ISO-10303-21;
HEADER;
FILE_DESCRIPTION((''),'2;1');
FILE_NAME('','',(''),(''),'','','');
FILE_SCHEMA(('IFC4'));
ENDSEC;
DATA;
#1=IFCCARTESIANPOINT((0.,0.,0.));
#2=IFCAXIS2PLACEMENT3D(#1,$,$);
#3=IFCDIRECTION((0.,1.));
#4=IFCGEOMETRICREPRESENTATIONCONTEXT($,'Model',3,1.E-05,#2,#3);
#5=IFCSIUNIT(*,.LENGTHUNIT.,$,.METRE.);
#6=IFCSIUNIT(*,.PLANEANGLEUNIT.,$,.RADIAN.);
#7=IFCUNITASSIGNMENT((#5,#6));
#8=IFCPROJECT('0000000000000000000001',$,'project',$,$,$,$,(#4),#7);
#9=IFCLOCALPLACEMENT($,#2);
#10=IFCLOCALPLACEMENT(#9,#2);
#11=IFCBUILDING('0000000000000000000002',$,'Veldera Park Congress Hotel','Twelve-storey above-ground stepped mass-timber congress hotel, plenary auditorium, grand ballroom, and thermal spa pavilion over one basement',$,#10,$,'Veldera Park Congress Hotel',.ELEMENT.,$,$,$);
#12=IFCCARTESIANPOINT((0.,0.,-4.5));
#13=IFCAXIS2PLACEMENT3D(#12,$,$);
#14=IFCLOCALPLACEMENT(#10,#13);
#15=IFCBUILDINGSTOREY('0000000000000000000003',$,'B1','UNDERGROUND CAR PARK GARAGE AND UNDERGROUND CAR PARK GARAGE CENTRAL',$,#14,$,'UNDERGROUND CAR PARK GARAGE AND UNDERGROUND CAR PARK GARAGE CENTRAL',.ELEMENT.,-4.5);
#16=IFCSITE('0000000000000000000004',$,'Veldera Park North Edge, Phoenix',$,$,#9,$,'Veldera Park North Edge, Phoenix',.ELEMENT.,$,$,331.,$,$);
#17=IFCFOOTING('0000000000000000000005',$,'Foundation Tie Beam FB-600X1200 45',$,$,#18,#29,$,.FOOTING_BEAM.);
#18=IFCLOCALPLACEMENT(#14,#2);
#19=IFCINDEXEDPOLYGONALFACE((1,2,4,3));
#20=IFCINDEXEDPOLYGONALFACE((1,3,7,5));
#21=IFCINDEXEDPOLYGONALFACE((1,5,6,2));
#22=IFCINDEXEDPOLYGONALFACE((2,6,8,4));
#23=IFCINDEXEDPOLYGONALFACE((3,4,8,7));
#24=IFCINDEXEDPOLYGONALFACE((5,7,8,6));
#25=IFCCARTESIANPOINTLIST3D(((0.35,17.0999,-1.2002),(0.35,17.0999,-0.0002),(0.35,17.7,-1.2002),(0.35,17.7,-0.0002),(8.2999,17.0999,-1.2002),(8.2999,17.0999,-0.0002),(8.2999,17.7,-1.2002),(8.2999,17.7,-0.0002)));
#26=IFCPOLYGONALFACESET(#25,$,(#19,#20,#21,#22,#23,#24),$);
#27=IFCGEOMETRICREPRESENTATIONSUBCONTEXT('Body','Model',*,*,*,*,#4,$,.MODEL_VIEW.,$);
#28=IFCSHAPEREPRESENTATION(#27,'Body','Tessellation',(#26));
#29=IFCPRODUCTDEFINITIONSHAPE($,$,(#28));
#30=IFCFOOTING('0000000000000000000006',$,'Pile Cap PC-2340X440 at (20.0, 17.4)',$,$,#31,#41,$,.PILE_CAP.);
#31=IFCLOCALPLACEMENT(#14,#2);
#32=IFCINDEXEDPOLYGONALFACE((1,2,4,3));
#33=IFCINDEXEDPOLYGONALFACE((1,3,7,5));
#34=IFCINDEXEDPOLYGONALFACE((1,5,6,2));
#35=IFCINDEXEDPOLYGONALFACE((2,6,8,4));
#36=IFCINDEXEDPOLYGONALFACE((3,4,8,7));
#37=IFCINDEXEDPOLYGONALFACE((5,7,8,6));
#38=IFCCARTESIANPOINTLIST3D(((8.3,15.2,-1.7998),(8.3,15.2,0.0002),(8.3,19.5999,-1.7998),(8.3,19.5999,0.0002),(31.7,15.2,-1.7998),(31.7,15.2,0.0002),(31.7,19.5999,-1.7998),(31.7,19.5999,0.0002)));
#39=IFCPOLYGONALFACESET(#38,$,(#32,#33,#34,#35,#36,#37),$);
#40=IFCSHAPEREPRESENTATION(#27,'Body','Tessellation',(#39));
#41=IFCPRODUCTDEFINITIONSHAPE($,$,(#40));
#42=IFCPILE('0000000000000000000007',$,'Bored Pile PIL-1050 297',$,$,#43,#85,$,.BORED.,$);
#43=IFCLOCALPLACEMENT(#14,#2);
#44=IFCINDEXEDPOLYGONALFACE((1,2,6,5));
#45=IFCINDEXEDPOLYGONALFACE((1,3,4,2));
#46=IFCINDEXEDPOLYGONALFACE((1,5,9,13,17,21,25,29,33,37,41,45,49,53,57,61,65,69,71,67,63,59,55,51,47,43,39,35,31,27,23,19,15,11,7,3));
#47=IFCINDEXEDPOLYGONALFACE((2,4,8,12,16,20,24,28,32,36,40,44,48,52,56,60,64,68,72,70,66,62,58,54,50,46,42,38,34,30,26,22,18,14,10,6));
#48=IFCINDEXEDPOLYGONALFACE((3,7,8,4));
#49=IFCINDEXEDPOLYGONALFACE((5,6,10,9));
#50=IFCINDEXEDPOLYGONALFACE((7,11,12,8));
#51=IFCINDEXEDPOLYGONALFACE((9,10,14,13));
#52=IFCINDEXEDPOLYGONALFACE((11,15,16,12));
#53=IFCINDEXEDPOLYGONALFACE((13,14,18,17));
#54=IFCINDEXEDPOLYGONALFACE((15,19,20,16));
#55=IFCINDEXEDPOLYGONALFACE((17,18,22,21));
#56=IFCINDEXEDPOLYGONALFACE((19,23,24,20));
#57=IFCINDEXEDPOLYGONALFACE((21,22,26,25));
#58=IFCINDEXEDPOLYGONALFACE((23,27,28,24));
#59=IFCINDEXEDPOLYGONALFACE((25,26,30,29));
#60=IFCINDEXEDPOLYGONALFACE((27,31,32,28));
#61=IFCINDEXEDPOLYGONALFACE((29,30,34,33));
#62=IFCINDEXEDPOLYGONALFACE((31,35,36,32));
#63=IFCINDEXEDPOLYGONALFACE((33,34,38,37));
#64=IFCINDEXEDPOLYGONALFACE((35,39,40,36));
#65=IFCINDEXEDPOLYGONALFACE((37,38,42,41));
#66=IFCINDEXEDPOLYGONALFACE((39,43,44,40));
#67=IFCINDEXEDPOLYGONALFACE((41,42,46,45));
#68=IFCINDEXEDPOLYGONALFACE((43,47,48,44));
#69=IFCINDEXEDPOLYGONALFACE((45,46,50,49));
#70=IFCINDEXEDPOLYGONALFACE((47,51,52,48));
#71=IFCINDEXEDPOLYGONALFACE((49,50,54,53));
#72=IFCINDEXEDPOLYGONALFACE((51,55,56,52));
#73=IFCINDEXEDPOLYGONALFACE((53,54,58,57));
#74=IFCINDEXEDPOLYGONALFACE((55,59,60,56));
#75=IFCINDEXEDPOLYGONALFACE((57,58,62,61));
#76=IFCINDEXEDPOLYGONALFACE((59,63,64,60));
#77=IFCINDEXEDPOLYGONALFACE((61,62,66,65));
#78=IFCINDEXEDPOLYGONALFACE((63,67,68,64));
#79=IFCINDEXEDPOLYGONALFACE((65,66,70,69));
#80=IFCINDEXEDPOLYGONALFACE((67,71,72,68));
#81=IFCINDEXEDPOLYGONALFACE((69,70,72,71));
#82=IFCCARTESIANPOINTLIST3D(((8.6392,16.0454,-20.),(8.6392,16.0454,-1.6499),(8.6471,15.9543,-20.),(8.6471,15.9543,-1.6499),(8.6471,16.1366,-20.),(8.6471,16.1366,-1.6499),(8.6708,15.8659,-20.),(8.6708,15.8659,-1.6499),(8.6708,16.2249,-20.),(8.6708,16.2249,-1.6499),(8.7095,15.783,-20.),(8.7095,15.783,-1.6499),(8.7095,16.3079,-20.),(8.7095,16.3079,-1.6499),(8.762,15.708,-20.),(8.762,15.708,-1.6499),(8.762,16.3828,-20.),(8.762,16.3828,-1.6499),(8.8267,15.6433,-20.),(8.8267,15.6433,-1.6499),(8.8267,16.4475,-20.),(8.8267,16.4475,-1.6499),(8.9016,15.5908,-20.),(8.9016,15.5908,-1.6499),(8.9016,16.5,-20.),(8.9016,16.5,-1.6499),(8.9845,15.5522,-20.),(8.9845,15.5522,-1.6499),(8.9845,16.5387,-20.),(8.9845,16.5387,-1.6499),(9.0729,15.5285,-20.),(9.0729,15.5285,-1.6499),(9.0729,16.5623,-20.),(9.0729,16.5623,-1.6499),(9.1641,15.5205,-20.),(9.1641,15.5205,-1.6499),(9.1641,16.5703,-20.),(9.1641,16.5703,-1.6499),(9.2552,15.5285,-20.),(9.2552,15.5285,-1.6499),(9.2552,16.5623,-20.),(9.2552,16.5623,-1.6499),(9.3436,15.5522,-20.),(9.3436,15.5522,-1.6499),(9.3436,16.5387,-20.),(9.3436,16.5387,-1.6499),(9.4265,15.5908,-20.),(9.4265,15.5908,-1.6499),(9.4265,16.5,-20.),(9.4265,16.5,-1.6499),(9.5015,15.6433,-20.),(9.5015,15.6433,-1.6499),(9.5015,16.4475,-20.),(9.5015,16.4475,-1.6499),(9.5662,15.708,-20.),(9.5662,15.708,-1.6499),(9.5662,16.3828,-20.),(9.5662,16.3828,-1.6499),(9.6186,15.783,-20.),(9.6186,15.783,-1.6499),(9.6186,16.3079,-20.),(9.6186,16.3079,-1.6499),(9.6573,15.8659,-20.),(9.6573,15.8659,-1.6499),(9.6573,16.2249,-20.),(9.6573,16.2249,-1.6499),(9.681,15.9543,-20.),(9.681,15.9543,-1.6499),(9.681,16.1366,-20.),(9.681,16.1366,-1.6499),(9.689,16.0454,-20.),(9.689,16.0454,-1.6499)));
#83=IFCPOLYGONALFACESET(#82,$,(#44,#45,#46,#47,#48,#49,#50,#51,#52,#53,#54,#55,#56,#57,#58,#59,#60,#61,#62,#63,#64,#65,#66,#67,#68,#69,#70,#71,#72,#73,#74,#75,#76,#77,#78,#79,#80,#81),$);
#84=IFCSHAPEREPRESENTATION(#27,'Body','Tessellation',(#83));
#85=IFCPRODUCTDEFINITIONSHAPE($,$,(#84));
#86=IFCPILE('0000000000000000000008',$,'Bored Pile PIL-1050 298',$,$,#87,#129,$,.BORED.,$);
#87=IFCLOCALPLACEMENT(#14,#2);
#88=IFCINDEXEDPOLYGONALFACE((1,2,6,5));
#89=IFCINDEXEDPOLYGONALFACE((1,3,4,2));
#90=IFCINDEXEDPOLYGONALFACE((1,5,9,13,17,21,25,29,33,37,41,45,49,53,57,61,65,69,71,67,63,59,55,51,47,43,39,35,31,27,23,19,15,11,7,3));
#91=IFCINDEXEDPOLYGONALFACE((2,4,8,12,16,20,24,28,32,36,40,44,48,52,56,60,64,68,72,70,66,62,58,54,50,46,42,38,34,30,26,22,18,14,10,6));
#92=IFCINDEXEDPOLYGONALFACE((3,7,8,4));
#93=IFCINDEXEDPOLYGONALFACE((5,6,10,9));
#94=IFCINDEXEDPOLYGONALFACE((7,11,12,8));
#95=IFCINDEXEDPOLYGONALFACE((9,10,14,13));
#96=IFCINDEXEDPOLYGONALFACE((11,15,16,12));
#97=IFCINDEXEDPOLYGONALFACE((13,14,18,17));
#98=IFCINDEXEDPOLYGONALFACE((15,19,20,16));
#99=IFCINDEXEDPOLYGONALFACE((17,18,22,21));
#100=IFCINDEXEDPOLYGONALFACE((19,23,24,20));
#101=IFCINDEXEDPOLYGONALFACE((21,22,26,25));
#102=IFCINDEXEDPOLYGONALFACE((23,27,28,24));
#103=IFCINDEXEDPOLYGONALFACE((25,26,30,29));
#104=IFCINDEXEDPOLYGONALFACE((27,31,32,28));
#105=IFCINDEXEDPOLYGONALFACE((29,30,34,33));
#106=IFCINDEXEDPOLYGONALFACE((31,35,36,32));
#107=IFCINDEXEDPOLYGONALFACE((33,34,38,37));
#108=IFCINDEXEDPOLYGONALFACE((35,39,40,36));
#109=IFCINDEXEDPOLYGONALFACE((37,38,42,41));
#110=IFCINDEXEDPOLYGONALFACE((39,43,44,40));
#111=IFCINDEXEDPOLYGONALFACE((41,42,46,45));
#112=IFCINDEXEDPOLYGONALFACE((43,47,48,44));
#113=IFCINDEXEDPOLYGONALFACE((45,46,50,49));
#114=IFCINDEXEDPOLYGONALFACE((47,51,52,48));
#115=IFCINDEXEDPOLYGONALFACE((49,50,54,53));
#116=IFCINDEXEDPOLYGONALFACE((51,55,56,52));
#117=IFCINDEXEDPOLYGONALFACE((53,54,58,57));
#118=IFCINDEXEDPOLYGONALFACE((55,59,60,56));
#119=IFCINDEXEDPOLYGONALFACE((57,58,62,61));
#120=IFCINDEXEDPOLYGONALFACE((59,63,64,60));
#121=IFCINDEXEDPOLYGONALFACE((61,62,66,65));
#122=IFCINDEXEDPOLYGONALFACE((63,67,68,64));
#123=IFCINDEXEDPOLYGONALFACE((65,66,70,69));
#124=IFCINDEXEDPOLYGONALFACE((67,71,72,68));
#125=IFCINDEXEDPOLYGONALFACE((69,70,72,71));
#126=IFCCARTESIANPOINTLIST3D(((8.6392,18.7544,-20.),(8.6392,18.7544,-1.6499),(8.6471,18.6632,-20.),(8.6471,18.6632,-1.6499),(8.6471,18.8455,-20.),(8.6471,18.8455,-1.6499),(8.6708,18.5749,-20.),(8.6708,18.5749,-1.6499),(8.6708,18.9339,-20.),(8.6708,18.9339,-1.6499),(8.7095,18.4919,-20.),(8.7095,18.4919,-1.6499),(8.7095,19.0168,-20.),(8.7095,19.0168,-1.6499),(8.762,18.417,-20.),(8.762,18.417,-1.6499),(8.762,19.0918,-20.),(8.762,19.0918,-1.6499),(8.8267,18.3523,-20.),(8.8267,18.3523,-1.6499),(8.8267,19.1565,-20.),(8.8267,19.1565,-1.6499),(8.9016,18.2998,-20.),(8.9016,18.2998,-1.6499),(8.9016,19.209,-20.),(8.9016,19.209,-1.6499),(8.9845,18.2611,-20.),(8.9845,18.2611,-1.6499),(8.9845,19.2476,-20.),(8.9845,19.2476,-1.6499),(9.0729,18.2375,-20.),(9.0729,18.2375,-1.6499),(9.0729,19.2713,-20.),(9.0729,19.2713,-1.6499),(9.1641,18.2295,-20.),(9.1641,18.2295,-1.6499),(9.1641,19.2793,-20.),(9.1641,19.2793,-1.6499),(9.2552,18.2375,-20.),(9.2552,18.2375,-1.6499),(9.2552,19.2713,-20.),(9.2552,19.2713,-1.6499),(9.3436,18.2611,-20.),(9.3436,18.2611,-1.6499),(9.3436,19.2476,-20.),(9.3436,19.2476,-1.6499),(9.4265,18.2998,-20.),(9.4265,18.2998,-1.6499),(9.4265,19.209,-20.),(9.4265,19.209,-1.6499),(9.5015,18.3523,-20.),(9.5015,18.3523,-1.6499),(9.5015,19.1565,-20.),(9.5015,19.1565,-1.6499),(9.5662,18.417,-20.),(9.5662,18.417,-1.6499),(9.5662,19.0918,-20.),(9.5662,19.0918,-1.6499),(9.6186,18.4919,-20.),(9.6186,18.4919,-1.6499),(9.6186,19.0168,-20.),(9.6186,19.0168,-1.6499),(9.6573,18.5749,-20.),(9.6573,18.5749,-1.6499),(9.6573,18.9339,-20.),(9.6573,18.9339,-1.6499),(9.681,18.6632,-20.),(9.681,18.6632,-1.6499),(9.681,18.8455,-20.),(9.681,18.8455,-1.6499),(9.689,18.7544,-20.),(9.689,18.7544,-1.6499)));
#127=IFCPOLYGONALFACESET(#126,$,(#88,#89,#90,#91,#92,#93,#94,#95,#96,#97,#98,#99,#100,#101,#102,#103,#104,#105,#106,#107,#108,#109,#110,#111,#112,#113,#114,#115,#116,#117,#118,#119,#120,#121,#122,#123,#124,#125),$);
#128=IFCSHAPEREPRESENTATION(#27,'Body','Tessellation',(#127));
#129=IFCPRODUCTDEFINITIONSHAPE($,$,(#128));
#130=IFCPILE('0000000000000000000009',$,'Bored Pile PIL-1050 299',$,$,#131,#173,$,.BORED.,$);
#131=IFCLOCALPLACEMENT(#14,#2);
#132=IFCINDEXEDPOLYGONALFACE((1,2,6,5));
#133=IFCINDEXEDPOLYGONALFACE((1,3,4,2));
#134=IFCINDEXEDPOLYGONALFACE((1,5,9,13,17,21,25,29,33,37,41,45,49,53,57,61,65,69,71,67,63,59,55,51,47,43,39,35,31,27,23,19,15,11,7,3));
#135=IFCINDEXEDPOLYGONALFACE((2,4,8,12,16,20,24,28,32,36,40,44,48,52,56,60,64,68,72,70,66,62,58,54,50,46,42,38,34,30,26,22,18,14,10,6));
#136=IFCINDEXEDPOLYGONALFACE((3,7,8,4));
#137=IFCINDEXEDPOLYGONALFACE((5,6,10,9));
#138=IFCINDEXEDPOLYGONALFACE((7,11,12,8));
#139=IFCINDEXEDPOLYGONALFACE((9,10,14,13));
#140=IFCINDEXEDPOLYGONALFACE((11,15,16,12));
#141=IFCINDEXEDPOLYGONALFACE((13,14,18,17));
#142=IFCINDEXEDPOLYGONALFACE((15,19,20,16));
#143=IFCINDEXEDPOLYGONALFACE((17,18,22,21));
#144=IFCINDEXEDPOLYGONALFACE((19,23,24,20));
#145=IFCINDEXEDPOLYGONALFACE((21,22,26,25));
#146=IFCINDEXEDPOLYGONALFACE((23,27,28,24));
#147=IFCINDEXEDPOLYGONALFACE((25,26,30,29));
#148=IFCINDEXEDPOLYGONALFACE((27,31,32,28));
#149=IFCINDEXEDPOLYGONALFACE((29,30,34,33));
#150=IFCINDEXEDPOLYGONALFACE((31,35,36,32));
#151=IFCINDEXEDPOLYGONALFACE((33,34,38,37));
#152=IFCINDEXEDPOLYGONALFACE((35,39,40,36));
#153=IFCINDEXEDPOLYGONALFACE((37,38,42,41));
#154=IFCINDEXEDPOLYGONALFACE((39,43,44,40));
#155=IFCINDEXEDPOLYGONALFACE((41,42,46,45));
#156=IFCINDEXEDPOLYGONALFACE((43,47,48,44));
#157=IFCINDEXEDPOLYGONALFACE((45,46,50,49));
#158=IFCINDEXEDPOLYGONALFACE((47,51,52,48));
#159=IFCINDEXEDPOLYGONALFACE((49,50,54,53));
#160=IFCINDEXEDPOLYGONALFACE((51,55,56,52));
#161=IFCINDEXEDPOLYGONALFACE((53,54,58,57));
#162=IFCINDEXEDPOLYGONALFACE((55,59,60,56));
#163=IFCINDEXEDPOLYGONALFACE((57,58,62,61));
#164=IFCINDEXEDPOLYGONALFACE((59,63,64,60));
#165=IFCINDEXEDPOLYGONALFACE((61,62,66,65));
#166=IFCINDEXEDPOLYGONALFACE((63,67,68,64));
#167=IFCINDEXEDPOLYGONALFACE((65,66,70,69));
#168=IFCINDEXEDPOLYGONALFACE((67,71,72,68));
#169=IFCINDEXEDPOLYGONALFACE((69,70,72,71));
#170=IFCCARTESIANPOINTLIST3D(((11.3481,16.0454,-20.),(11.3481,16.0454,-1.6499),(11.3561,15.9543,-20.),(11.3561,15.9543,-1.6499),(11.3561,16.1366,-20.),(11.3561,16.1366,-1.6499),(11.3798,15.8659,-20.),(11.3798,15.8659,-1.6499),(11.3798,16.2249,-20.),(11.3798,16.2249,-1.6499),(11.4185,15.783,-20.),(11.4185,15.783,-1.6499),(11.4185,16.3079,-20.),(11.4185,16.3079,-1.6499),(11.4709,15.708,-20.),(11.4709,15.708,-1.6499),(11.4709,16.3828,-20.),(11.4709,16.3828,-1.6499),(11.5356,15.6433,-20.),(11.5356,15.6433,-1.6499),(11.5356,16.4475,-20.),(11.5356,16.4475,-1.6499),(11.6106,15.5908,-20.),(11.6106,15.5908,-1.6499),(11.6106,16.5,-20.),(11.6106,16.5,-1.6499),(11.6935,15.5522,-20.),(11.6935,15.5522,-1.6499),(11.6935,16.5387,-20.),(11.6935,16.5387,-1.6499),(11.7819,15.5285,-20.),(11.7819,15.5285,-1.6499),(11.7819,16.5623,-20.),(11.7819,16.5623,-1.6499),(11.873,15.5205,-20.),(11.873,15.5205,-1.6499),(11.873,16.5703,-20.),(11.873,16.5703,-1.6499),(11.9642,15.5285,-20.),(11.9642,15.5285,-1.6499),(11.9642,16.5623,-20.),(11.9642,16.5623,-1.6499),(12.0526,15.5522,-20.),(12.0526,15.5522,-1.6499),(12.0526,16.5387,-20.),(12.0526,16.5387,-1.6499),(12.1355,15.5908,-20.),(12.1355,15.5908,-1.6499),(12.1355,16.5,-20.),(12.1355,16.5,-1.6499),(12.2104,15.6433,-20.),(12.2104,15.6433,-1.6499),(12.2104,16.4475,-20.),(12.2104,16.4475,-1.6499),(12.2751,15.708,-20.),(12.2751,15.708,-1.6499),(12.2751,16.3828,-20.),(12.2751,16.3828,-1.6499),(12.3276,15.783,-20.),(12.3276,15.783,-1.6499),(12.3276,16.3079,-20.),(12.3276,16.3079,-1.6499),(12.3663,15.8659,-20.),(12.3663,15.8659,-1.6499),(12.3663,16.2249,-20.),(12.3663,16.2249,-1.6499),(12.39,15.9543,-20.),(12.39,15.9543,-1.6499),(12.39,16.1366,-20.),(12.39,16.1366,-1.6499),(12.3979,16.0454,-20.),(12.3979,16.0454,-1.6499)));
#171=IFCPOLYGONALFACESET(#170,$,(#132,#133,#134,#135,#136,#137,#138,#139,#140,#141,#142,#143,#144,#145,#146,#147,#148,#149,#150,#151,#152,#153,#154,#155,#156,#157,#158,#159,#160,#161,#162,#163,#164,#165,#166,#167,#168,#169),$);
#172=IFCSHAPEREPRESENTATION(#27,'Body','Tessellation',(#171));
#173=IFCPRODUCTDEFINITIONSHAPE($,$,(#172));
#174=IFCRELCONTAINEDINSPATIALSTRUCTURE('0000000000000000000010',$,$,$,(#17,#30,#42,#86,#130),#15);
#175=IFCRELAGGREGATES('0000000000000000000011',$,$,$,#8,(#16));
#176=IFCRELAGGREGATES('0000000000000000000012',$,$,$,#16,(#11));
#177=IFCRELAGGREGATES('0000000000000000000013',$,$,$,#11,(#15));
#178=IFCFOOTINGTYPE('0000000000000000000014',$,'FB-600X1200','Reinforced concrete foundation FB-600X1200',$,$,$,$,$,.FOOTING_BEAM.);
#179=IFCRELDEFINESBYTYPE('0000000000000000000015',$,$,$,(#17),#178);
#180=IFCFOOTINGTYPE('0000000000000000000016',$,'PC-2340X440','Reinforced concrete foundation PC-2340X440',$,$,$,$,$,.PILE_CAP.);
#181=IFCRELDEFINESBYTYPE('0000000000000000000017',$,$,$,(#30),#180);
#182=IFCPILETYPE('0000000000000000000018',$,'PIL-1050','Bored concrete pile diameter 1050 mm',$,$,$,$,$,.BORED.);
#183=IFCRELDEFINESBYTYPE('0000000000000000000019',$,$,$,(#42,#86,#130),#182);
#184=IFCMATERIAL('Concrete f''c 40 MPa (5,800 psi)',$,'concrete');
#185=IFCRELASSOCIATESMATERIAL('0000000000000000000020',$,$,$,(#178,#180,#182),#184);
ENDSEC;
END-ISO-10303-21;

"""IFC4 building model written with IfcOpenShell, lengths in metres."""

from ifc_helpers import new_model, si_unit, direction, frame, origin, origin_2d, place, context, subcontext, project, spatial, rectangle, circle, extrude, material, material_profile, profile_set, type_object, element, save


model = new_model("IFC4")

# Units and contexts
model_context = context("Model", 3, precision=1e-05, world=origin(), true_north=direction((0.0, 1.0)))
body_context = subcontext(model_context, "Body", "Model", "MODEL_VIEW")
ifc_project = project(units=[si_unit("LENGTHUNIT", "METRE"), si_unit("PLANEANGLEUNIT", "RADIAN")], contexts=[model_context])

# Site, building, storey
site_placement = place(None, origin())
site = spatial("IfcSite", under=ifc_project, at=site_placement, Name="Veldera Park North Edge, Phoenix", LongName="Veldera Park North Edge, Phoenix", CompositionType="ELEMENT", RefElevation=331.0)
building_placement = place(site_placement, origin())
building = spatial("IfcBuilding", under=site, at=building_placement, Name="Veldera Park Congress Hotel", Description="Twelve-storey above-ground stepped mass-timber congress hotel, plenary auditorium, grand ballroom, and thermal spa pavilion over one basement", LongName="Veldera Park Congress Hotel", CompositionType="ELEMENT")
storey_placement = place(building_placement, frame((0.0, 0.0, -4.5)))
storey = spatial("IfcBuildingStorey", under=building, at=storey_placement, Name="B1", Description="UNDERGROUND CAR PARK GARAGE AND UNDERGROUND CAR PARK GARAGE CENTRAL", LongName="UNDERGROUND CAR PARK GARAGE AND UNDERGROUND CAR PARK GARAGE CENTRAL", CompositionType="ELEMENT", Elevation=-4.5)

# Footings
ifc_material_1 = material(Name="Concrete f'c 40 MPa (5,800 psi)", Category="concrete")
footing_type_1 = type_object("IfcFootingType", Name="FB-600X1200", Description="Reinforced concrete foundation FB-600X1200", PredefinedType="FOOTING_BEAM", material=ifc_material_1)
footing_1_placement = place(storey_placement, frame((4.325, 17.3999, -1.2002), z_axis=(0.0, 0.0, 1.0), x_axis=(1.0, 0.0, 0.0)))
element("IfcFooting", 1, at=footing_1_placement, inside=storey, type_object=footing_type_1, Name="Foundation Tie Beam FB-600X1200 45", PredefinedType="FOOTING_BEAM", context=body_context, shape_type="SweptSolid", body=[
    extrude(rectangle(XDim=7.95, YDim=0.6001, at=origin_2d()), origin(), (0.0, 0.0, 1.0), 1.2),
])
footing_type_2 = type_object("IfcFootingType", Name="PC-2340X440", Description="Reinforced concrete foundation PC-2340X440", PredefinedType="PILE_CAP", material=ifc_material_1)
footing_2_placement = place(storey_placement, frame((20.0, 17.3999, -1.7998), z_axis=(0.0, 0.0, 1.0), x_axis=(1.0, 0.0, 0.0)))
element("IfcFooting", 2, at=footing_2_placement, inside=storey, type_object=footing_type_2, Name="Pile Cap PC-2340X440 at (20.0, 17.4)", PredefinedType="PILE_CAP", context=body_context, shape_type="SweptSolid", body=[
    extrude(rectangle(XDim=23.3999, YDim=4.3999, at=origin_2d()), origin(), (0.0, 0.0, 1.0), 1.8),
])

# Piles
ifc_material_profile_1 = material_profile(ifc_material_1, circle(Radius=0.5249, at=origin_2d()), Name="PILE D1050")
ifc_profile_set_1 = profile_set([ifc_material_profile_1], Name="Concrete f'c 40 MPa (5,800 psi)")
pile_type_1 = type_object("IfcPileType", Name="PIL-1050", Description="Bored concrete pile diameter 1050 mm", PredefinedType="BORED", material=ifc_profile_set_1)
for number, where, z_axis, x_axis, name in (
    (3, (9.1641, 16.0454, -1.6499), (0.0, 0.0, -1.0), (1.0, 0.0, 0.0), "Bored Pile PIL-1050 297"),
    (4, (9.1641, 18.7544, -1.6499), (0.0, 0.0, -1.0), (1.0, 0.0, 0.0), "Bored Pile PIL-1050 298"),
    (5, (11.873, 16.0454, -1.6499), (0.0, 0.0, -1.0), (1.0, 0.0, 0.0), "Bored Pile PIL-1050 299"),
):
    element("IfcPile", number, at=place(storey_placement, frame(where, z_axis=z_axis, x_axis=x_axis)), inside=storey, type_object=pile_type_1, Name=name, PredefinedType="BORED", context=body_context, shape_type="SweptSolid", body=[
        extrude(circle(Radius=0.5249, at=origin_2d()), origin(), (0.0, 0.0, 1.0), 18.3501),
    ])

save(model, "model.ifc")
